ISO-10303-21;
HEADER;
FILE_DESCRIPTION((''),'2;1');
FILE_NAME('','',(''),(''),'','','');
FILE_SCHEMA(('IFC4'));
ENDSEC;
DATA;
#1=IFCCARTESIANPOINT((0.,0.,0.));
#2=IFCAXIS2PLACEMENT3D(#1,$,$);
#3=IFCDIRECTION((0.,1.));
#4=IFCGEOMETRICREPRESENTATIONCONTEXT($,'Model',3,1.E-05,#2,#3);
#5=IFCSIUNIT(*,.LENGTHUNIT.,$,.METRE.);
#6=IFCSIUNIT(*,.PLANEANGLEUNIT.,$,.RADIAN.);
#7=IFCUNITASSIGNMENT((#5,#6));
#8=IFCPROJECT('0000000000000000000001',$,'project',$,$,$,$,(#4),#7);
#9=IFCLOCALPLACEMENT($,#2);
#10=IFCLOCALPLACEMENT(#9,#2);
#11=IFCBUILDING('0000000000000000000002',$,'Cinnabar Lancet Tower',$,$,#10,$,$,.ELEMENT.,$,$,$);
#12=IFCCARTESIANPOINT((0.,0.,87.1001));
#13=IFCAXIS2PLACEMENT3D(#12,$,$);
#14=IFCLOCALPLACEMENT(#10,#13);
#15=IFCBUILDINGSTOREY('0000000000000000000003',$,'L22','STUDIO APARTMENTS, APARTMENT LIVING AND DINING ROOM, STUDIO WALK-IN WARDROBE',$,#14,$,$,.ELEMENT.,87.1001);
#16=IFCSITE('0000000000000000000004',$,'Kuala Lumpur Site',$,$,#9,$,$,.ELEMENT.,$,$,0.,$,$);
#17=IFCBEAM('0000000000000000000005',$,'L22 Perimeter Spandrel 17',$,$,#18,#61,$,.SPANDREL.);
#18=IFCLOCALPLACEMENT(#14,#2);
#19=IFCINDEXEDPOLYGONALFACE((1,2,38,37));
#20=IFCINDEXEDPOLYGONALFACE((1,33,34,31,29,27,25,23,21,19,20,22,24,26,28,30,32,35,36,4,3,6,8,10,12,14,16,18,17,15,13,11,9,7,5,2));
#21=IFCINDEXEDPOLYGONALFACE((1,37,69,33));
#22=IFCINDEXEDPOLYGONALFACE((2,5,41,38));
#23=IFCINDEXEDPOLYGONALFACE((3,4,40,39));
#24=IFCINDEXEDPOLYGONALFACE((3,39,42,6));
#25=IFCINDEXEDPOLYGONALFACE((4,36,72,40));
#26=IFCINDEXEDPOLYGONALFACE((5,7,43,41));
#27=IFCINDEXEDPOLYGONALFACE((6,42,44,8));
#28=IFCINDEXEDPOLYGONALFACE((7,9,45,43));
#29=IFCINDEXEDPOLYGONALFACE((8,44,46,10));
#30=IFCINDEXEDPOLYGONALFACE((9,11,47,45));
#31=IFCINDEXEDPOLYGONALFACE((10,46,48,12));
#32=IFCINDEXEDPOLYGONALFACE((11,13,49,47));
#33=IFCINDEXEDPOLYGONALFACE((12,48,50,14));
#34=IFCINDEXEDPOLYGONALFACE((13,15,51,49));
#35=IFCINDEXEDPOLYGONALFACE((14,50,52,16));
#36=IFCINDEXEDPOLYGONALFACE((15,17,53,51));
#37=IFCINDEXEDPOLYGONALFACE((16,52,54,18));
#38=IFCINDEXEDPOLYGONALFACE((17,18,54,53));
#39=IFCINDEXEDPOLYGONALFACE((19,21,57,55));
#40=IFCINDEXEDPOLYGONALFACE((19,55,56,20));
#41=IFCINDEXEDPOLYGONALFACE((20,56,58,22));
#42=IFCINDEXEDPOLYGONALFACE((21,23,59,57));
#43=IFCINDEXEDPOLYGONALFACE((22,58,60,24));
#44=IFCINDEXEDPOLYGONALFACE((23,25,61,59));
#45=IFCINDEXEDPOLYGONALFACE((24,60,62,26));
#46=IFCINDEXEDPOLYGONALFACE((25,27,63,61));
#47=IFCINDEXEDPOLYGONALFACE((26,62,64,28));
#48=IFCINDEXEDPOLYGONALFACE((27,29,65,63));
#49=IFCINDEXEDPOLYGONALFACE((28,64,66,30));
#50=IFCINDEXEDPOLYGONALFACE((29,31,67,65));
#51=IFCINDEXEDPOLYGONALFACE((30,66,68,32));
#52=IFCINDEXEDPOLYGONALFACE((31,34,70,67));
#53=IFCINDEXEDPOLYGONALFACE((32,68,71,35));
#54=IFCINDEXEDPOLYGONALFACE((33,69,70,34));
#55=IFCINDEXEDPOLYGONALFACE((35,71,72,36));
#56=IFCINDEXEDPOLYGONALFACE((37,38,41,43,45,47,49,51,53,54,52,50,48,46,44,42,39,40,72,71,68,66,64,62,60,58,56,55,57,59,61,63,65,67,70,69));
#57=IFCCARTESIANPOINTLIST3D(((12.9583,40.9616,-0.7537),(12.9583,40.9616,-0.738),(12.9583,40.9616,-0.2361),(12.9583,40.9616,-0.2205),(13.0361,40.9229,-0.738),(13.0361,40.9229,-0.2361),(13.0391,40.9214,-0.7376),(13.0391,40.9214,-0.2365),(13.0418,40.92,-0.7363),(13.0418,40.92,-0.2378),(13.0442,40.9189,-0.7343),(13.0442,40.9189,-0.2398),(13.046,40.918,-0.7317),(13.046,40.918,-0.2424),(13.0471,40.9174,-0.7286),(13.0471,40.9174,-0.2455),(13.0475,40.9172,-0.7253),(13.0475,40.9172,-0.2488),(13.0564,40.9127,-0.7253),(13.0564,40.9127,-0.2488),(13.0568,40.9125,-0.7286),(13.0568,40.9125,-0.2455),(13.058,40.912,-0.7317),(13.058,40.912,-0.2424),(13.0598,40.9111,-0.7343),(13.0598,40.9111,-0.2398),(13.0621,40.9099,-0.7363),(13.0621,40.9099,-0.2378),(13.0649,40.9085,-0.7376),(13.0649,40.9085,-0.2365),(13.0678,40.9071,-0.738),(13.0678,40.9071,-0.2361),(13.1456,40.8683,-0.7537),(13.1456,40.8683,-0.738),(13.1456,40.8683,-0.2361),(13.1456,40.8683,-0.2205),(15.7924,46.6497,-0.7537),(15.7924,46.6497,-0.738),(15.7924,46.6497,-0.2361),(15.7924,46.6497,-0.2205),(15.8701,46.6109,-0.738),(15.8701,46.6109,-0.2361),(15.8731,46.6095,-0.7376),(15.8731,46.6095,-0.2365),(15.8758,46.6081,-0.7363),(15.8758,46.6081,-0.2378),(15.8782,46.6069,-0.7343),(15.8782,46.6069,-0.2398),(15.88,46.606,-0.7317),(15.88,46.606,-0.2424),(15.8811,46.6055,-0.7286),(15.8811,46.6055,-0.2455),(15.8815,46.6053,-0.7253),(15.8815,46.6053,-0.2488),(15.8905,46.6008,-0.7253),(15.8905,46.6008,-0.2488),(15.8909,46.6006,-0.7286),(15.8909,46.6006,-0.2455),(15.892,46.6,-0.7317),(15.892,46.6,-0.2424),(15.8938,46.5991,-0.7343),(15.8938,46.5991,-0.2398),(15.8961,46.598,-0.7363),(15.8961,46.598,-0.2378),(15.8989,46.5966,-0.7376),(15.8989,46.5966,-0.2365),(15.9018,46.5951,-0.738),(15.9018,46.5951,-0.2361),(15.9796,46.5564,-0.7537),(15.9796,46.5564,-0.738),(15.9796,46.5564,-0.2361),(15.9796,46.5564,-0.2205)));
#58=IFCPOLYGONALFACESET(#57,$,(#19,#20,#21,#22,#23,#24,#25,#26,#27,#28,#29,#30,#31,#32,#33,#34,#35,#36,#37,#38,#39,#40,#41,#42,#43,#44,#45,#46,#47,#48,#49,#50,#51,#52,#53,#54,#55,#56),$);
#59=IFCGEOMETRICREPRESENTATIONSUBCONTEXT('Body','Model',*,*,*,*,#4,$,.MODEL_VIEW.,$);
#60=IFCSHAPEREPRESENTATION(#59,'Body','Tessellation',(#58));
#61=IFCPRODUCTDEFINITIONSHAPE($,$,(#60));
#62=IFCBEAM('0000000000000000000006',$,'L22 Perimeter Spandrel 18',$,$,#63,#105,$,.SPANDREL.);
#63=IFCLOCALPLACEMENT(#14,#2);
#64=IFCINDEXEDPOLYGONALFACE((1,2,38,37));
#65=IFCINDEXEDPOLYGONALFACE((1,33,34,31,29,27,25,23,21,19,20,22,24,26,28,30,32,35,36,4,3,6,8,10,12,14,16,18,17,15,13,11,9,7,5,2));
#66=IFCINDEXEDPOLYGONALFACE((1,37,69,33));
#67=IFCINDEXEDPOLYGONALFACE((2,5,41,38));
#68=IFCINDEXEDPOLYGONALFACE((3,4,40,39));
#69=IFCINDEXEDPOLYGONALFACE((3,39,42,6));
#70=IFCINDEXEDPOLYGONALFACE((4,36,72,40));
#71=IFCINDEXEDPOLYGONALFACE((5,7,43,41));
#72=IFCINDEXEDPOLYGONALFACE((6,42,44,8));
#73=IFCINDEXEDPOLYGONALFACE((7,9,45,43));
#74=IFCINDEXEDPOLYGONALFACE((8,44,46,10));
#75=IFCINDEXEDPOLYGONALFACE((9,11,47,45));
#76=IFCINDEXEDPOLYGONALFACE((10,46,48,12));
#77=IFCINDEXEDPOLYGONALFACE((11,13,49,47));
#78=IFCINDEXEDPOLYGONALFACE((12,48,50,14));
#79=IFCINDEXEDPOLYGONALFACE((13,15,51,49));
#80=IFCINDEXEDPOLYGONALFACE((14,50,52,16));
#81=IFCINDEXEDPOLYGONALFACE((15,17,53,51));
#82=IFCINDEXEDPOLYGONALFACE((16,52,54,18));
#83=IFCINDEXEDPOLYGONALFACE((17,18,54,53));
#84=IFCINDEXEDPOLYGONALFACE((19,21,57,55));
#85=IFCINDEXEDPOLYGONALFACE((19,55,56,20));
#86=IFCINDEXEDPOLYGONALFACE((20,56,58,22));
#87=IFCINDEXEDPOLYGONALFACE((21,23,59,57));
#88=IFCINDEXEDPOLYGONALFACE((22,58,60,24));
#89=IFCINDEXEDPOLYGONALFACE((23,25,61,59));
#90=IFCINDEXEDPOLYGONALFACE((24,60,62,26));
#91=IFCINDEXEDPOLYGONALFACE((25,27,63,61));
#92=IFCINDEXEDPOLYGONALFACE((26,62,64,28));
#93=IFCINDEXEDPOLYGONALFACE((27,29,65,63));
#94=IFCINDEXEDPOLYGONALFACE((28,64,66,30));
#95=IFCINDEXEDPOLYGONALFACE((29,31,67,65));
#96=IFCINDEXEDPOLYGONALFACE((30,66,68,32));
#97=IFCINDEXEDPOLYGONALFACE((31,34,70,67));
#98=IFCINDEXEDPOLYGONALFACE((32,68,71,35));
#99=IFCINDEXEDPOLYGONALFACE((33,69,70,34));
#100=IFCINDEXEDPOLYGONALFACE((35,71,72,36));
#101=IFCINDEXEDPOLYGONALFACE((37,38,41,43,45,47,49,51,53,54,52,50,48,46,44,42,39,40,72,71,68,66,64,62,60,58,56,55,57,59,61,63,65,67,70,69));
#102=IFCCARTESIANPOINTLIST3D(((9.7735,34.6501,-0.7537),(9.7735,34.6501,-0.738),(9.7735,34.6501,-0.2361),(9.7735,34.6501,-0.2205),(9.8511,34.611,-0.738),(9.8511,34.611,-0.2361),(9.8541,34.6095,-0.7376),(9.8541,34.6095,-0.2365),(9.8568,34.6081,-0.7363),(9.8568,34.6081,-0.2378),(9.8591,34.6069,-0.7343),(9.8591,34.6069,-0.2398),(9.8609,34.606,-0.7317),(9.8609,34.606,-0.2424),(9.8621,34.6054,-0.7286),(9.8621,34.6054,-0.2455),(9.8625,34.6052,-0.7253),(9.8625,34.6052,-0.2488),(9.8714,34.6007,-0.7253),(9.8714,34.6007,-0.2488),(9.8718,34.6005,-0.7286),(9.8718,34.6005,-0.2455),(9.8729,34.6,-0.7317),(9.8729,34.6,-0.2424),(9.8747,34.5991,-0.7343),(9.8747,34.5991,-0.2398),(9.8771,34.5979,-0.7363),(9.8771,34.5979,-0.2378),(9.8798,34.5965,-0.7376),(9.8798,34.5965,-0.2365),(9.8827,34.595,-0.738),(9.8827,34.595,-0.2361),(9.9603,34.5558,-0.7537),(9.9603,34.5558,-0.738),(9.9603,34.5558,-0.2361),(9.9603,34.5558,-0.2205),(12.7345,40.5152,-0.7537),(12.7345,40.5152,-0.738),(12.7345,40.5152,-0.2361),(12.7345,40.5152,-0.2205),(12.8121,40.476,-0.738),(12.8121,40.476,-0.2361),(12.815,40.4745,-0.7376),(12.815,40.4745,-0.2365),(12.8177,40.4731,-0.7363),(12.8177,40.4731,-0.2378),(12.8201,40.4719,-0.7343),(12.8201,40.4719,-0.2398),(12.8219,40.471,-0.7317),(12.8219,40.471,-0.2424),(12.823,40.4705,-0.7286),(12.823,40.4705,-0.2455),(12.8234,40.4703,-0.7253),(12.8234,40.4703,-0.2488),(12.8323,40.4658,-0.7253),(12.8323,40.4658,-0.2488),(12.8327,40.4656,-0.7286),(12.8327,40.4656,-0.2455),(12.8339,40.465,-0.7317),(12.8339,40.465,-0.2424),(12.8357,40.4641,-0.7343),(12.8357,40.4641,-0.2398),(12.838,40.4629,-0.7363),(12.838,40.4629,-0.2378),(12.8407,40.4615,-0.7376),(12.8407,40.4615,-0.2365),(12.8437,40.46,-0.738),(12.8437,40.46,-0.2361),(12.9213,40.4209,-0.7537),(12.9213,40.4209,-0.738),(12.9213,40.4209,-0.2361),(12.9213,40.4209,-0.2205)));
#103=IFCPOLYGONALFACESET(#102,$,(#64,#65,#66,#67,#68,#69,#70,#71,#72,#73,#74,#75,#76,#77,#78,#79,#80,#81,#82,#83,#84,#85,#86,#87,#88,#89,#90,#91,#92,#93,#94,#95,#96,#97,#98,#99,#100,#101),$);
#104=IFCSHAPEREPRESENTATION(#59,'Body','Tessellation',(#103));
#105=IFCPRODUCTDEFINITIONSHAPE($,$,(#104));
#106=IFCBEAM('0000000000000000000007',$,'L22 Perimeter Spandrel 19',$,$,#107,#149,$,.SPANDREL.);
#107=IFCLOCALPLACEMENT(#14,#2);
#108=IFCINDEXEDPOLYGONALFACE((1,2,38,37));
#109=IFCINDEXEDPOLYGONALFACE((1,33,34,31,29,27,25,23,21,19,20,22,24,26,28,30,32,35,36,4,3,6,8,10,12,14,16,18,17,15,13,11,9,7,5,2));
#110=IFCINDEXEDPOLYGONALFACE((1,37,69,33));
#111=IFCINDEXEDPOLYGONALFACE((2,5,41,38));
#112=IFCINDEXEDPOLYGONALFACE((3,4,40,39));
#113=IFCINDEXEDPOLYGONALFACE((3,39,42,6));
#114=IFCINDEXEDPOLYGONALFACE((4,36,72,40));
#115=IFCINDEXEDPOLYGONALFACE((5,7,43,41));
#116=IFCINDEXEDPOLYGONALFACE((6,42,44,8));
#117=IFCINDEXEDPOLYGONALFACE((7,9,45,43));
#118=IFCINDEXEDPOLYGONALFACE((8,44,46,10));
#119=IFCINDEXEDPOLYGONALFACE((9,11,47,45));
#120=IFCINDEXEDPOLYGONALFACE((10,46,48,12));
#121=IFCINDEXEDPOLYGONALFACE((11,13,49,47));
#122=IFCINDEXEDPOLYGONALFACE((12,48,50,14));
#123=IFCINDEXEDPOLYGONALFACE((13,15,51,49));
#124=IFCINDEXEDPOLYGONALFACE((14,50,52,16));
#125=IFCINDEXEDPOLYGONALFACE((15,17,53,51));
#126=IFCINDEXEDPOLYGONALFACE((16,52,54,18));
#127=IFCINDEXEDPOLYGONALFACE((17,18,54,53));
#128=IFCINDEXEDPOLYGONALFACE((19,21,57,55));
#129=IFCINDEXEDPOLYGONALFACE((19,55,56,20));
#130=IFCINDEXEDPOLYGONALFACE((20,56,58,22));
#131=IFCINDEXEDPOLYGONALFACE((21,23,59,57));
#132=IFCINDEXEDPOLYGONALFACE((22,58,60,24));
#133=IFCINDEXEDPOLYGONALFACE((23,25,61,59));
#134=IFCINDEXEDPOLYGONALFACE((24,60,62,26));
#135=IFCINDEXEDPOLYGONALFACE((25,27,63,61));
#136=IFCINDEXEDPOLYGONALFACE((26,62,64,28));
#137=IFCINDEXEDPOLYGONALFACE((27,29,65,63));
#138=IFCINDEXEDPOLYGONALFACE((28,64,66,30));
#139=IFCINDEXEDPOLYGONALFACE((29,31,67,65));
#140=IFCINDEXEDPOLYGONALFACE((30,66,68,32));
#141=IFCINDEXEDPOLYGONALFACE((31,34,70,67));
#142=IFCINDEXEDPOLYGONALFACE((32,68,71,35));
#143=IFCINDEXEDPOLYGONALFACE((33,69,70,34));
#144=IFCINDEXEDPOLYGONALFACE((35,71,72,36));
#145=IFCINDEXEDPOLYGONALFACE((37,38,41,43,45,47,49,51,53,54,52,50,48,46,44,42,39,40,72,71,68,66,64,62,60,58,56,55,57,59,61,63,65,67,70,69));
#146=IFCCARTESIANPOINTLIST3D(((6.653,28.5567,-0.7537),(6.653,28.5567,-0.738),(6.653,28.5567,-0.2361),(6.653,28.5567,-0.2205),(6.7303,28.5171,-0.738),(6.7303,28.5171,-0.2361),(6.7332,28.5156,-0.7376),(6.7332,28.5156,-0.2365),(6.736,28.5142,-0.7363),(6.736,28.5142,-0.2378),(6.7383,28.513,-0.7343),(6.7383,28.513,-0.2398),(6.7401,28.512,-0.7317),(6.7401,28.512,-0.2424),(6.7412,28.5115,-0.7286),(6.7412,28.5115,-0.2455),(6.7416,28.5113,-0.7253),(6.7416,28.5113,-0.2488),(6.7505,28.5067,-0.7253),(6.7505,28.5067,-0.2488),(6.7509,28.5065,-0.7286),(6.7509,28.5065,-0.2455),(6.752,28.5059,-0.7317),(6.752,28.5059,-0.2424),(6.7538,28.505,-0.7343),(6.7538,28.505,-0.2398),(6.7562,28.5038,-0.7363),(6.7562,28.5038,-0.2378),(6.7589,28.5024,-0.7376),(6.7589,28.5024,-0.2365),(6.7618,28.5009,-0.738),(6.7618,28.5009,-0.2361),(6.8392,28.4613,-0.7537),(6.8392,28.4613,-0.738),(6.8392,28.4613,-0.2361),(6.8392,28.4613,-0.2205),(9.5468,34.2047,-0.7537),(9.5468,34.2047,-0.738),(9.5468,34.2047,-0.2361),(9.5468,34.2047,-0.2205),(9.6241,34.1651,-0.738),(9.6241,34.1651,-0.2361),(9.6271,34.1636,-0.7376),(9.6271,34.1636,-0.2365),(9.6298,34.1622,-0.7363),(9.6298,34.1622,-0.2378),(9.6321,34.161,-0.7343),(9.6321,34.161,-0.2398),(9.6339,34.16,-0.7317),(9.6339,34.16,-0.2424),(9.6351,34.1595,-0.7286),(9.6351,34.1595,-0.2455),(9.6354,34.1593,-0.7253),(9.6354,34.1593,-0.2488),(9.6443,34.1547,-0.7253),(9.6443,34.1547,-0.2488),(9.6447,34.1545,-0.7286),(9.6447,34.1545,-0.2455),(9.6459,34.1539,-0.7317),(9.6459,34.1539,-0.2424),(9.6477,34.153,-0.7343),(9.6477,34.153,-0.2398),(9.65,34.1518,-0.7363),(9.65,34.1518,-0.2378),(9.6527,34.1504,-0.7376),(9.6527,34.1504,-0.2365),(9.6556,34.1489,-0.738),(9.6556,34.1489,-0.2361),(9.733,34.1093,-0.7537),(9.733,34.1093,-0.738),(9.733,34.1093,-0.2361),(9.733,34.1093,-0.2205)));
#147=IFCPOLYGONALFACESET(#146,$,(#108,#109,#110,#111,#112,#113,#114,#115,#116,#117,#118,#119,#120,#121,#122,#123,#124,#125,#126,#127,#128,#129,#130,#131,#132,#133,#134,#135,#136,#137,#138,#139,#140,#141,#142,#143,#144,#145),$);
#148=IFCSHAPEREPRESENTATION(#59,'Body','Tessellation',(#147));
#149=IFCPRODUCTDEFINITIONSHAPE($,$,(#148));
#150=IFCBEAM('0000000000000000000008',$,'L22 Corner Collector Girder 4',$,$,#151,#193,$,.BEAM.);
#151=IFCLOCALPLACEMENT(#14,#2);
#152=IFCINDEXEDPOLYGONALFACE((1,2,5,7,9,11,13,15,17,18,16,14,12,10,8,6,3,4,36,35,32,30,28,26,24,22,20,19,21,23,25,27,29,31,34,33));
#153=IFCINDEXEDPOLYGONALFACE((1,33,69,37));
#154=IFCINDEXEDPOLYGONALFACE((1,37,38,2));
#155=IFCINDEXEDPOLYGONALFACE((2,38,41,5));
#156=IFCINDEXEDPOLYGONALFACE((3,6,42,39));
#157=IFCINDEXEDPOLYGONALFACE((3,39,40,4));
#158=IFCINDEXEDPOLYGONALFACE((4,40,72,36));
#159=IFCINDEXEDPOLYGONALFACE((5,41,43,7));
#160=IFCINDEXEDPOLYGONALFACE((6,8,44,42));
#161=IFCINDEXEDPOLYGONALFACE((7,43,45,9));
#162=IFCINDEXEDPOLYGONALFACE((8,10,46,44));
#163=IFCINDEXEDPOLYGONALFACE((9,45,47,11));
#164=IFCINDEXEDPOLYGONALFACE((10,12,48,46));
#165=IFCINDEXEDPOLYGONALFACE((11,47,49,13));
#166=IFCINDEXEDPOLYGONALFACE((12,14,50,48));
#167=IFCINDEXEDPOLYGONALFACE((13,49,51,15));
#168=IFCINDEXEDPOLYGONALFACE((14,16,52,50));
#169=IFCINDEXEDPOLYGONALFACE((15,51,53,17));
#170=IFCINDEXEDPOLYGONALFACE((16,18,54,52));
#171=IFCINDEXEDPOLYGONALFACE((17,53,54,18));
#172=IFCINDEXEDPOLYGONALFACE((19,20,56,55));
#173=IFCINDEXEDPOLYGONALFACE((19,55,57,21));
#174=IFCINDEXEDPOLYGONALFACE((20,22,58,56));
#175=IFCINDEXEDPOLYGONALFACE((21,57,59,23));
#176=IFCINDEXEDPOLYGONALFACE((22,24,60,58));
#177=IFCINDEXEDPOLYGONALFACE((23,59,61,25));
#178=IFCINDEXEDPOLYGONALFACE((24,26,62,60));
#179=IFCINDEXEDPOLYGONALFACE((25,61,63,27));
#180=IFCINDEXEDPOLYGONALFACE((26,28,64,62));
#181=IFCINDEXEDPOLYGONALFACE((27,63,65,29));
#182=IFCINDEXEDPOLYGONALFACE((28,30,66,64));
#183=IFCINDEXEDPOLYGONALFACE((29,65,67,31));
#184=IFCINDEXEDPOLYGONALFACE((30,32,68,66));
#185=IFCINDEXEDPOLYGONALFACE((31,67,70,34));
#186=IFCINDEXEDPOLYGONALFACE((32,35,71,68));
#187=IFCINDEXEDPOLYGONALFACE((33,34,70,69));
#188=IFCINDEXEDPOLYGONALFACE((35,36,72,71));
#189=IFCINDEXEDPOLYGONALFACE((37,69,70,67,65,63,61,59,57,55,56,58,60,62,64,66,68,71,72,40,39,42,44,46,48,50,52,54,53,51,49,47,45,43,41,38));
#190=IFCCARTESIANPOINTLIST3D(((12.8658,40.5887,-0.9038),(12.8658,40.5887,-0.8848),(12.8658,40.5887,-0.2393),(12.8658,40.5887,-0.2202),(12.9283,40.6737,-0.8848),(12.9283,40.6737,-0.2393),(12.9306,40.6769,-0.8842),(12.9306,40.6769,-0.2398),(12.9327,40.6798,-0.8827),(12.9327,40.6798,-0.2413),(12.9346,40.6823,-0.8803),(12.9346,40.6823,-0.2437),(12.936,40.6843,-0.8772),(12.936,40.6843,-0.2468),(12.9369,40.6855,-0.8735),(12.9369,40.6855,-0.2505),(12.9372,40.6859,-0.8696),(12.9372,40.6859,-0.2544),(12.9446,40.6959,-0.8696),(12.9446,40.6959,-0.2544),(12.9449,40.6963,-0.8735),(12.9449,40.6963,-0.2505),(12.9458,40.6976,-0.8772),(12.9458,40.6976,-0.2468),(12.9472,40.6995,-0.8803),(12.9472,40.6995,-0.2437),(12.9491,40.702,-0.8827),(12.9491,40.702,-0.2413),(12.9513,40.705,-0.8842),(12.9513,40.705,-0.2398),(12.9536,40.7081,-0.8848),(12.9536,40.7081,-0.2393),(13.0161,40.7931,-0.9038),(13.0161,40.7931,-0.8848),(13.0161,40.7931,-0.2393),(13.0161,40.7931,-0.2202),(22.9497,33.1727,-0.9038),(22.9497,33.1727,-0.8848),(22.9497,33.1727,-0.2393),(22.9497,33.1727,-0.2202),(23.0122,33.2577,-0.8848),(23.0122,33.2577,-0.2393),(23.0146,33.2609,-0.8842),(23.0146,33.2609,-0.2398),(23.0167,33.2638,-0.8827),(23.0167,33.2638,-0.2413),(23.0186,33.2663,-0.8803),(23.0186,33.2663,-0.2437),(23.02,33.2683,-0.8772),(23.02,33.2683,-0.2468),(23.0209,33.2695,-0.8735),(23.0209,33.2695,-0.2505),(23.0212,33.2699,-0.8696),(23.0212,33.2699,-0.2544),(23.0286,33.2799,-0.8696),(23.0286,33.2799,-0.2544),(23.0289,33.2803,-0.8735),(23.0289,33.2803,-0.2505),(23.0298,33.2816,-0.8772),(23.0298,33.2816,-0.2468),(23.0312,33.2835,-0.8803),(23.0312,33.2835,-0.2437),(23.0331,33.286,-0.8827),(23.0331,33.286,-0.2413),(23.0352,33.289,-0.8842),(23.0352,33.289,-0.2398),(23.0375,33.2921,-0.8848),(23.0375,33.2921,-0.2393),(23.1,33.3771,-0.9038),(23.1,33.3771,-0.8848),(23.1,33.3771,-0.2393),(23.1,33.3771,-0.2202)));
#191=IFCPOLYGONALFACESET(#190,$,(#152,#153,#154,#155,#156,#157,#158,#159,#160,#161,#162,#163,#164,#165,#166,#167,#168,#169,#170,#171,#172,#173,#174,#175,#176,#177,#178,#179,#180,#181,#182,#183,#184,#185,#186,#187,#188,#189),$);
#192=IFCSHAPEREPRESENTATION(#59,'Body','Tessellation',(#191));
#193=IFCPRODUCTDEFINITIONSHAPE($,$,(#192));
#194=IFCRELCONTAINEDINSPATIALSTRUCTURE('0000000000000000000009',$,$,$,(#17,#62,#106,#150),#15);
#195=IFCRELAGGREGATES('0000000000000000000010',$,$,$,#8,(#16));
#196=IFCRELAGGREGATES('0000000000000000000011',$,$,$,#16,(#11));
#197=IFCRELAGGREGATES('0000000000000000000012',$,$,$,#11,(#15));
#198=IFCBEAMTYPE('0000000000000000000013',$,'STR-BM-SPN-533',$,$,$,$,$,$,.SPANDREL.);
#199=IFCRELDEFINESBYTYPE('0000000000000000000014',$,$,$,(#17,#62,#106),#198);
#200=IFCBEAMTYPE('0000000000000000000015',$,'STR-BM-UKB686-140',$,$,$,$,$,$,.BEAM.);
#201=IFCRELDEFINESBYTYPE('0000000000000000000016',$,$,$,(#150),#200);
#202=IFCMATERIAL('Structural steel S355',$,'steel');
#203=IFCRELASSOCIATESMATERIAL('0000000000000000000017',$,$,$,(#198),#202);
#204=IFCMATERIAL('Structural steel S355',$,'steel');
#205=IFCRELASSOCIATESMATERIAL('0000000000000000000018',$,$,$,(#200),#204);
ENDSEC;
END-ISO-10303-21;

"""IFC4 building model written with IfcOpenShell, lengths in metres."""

from ifc_helpers import new_model, si_unit, direction, frame, origin, origin_2d, place, context, subcontext, project, spatial, i_section, extrude, material, material_profile, profile_set, type_object, element, save


model = new_model("IFC4")

# Units and contexts
model_context = context("Model", 3, precision=1e-05, world=origin(), true_north=direction((0.0, 1.0)))
body_context = subcontext(model_context, "Body", "Model", "MODEL_VIEW")
ifc_project = project(units=[si_unit("LENGTHUNIT", "METRE"), si_unit("PLANEANGLEUNIT", "RADIAN")], contexts=[model_context])

# Site, building, storey
site_placement = place(None, origin())
site = spatial("IfcSite", under=ifc_project, at=site_placement, Name="Kuala Lumpur Site", CompositionType="ELEMENT", RefElevation=0.0)
building_placement = place(site_placement, origin())
building = spatial("IfcBuilding", under=site, at=building_placement, Name="Cinnabar Lancet Tower", CompositionType="ELEMENT")
storey_placement = place(building_placement, frame((0.0, 0.0, 87.1001)))
storey = spatial("IfcBuildingStorey", under=building, at=storey_placement, Name="L22", Description="STUDIO APARTMENTS, APARTMENT LIVING AND DINING ROOM, STUDIO WALK-IN WARDROBE", CompositionType="ELEMENT", Elevation=87.1001)

# Beams
ifc_material_1 = material(Name="Structural steel S355", Category="steel")
ifc_material_profile_1 = material_profile(ifc_material_1, i_section(OverallWidth=0.2092, OverallDepth=0.5332, WebThickness=0.01, FlangeThickness=0.0156, FilletRadius=0.0127, at=origin_2d()), Name="UKB 533x210x92")
ifc_profile_set_1 = profile_set([ifc_material_profile_1], Name="Structural steel S355")
beam_type_1 = type_object("IfcBeamType", Name="STR-BM-SPN-533", PredefinedType="SPANDREL", material=ifc_profile_set_1)
beam_1_placement = place(storey_placement, frame((15.886, 46.603, -0.4871), z_axis=(-0.445953, -0.895056, 0.0), x_axis=(0.895056, -0.445953, 0.0)))
element("IfcBeam", 1, at=beam_1_placement, inside=storey, type_object=beam_type_1, Name="L22 Perimeter Spandrel 17", PredefinedType="SPANDREL", context=body_context, shape_type="SweptSolid", body=[
    extrude(i_section(OverallWidth=0.2092, OverallDepth=0.5332, WebThickness=0.01, FlangeThickness=0.0156, FilletRadius=0.0127, at=origin_2d()), origin(), (0.0, 0.0, 1.0), 6.355),
])
beam_2_placement = place(storey_placement, frame((12.8279, 40.468, -0.4871), z_axis=(-0.450674, -0.892689, 0.0), x_axis=(0.892689, -0.450674, 0.0)))
element("IfcBeam", 2, at=beam_2_placement, inside=storey, type_object=beam_type_1, Name="L22 Perimeter Spandrel 18", PredefinedType="SPANDREL", context=body_context, shape_type="SweptSolid", body=[
    extrude(i_section(OverallWidth=0.2092, OverallDepth=0.5332, WebThickness=0.01, FlangeThickness=0.0156, FilletRadius=0.0127, at=origin_2d()), origin(), (0.0, 0.0, 1.0), 6.5701),
])
beam_3_placement = place(storey_placement, frame((9.6399, 34.157, -0.4871), z_axis=(-0.455994, -0.889983, 0.0), x_axis=(0.889983, -0.455994, 0.0)))
element("IfcBeam", 3, at=beam_3_placement, inside=storey, type_object=beam_type_1, Name="L22 Perimeter Spandrel 19", PredefinedType="SPANDREL", context=body_context, shape_type="SweptSolid", body=[
    extrude(i_section(OverallWidth=0.2092, OverallDepth=0.5332, WebThickness=0.01, FlangeThickness=0.0156, FilletRadius=0.0127, at=origin_2d()), origin(), (0.0, 0.0, 1.0), 6.3462),
])
ifc_material_2 = material(Name="Structural steel S355", Category="steel")
ifc_material_profile_2 = material_profile(ifc_material_2, i_section(OverallWidth=0.2537, OverallDepth=0.6836, WebThickness=0.0125, FlangeThickness=0.019, FilletRadius=0.0151, at=origin_2d()), Name="UKB 686x254x140")
ifc_profile_set_2 = profile_set([ifc_material_profile_2], Name="Structural steel S355")
beam_type_2 = type_object("IfcBeamType", Name="STR-BM-UKB686-140", PredefinedType="BEAM", material=ifc_profile_set_2)
beam_4_placement = place(storey_placement, frame((12.9409, 40.6909, -0.562), z_axis=(0.805601, -0.592459, 0.0), x_axis=(0.592459, 0.805601, 0.0)))
element("IfcBeam", 4, at=beam_4_placement, inside=storey, type_object=beam_type_2, Name="L22 Corner Collector Girder 4", PredefinedType="BEAM", context=body_context, shape_type="SweptSolid", body=[
    extrude(i_section(OverallWidth=0.2537, OverallDepth=0.6836, WebThickness=0.0125, FlangeThickness=0.019, FilletRadius=0.0151, at=origin_2d()), origin(), (0.0, 0.0, 1.0), 12.5173),
])

save(model, "model.ifc")
